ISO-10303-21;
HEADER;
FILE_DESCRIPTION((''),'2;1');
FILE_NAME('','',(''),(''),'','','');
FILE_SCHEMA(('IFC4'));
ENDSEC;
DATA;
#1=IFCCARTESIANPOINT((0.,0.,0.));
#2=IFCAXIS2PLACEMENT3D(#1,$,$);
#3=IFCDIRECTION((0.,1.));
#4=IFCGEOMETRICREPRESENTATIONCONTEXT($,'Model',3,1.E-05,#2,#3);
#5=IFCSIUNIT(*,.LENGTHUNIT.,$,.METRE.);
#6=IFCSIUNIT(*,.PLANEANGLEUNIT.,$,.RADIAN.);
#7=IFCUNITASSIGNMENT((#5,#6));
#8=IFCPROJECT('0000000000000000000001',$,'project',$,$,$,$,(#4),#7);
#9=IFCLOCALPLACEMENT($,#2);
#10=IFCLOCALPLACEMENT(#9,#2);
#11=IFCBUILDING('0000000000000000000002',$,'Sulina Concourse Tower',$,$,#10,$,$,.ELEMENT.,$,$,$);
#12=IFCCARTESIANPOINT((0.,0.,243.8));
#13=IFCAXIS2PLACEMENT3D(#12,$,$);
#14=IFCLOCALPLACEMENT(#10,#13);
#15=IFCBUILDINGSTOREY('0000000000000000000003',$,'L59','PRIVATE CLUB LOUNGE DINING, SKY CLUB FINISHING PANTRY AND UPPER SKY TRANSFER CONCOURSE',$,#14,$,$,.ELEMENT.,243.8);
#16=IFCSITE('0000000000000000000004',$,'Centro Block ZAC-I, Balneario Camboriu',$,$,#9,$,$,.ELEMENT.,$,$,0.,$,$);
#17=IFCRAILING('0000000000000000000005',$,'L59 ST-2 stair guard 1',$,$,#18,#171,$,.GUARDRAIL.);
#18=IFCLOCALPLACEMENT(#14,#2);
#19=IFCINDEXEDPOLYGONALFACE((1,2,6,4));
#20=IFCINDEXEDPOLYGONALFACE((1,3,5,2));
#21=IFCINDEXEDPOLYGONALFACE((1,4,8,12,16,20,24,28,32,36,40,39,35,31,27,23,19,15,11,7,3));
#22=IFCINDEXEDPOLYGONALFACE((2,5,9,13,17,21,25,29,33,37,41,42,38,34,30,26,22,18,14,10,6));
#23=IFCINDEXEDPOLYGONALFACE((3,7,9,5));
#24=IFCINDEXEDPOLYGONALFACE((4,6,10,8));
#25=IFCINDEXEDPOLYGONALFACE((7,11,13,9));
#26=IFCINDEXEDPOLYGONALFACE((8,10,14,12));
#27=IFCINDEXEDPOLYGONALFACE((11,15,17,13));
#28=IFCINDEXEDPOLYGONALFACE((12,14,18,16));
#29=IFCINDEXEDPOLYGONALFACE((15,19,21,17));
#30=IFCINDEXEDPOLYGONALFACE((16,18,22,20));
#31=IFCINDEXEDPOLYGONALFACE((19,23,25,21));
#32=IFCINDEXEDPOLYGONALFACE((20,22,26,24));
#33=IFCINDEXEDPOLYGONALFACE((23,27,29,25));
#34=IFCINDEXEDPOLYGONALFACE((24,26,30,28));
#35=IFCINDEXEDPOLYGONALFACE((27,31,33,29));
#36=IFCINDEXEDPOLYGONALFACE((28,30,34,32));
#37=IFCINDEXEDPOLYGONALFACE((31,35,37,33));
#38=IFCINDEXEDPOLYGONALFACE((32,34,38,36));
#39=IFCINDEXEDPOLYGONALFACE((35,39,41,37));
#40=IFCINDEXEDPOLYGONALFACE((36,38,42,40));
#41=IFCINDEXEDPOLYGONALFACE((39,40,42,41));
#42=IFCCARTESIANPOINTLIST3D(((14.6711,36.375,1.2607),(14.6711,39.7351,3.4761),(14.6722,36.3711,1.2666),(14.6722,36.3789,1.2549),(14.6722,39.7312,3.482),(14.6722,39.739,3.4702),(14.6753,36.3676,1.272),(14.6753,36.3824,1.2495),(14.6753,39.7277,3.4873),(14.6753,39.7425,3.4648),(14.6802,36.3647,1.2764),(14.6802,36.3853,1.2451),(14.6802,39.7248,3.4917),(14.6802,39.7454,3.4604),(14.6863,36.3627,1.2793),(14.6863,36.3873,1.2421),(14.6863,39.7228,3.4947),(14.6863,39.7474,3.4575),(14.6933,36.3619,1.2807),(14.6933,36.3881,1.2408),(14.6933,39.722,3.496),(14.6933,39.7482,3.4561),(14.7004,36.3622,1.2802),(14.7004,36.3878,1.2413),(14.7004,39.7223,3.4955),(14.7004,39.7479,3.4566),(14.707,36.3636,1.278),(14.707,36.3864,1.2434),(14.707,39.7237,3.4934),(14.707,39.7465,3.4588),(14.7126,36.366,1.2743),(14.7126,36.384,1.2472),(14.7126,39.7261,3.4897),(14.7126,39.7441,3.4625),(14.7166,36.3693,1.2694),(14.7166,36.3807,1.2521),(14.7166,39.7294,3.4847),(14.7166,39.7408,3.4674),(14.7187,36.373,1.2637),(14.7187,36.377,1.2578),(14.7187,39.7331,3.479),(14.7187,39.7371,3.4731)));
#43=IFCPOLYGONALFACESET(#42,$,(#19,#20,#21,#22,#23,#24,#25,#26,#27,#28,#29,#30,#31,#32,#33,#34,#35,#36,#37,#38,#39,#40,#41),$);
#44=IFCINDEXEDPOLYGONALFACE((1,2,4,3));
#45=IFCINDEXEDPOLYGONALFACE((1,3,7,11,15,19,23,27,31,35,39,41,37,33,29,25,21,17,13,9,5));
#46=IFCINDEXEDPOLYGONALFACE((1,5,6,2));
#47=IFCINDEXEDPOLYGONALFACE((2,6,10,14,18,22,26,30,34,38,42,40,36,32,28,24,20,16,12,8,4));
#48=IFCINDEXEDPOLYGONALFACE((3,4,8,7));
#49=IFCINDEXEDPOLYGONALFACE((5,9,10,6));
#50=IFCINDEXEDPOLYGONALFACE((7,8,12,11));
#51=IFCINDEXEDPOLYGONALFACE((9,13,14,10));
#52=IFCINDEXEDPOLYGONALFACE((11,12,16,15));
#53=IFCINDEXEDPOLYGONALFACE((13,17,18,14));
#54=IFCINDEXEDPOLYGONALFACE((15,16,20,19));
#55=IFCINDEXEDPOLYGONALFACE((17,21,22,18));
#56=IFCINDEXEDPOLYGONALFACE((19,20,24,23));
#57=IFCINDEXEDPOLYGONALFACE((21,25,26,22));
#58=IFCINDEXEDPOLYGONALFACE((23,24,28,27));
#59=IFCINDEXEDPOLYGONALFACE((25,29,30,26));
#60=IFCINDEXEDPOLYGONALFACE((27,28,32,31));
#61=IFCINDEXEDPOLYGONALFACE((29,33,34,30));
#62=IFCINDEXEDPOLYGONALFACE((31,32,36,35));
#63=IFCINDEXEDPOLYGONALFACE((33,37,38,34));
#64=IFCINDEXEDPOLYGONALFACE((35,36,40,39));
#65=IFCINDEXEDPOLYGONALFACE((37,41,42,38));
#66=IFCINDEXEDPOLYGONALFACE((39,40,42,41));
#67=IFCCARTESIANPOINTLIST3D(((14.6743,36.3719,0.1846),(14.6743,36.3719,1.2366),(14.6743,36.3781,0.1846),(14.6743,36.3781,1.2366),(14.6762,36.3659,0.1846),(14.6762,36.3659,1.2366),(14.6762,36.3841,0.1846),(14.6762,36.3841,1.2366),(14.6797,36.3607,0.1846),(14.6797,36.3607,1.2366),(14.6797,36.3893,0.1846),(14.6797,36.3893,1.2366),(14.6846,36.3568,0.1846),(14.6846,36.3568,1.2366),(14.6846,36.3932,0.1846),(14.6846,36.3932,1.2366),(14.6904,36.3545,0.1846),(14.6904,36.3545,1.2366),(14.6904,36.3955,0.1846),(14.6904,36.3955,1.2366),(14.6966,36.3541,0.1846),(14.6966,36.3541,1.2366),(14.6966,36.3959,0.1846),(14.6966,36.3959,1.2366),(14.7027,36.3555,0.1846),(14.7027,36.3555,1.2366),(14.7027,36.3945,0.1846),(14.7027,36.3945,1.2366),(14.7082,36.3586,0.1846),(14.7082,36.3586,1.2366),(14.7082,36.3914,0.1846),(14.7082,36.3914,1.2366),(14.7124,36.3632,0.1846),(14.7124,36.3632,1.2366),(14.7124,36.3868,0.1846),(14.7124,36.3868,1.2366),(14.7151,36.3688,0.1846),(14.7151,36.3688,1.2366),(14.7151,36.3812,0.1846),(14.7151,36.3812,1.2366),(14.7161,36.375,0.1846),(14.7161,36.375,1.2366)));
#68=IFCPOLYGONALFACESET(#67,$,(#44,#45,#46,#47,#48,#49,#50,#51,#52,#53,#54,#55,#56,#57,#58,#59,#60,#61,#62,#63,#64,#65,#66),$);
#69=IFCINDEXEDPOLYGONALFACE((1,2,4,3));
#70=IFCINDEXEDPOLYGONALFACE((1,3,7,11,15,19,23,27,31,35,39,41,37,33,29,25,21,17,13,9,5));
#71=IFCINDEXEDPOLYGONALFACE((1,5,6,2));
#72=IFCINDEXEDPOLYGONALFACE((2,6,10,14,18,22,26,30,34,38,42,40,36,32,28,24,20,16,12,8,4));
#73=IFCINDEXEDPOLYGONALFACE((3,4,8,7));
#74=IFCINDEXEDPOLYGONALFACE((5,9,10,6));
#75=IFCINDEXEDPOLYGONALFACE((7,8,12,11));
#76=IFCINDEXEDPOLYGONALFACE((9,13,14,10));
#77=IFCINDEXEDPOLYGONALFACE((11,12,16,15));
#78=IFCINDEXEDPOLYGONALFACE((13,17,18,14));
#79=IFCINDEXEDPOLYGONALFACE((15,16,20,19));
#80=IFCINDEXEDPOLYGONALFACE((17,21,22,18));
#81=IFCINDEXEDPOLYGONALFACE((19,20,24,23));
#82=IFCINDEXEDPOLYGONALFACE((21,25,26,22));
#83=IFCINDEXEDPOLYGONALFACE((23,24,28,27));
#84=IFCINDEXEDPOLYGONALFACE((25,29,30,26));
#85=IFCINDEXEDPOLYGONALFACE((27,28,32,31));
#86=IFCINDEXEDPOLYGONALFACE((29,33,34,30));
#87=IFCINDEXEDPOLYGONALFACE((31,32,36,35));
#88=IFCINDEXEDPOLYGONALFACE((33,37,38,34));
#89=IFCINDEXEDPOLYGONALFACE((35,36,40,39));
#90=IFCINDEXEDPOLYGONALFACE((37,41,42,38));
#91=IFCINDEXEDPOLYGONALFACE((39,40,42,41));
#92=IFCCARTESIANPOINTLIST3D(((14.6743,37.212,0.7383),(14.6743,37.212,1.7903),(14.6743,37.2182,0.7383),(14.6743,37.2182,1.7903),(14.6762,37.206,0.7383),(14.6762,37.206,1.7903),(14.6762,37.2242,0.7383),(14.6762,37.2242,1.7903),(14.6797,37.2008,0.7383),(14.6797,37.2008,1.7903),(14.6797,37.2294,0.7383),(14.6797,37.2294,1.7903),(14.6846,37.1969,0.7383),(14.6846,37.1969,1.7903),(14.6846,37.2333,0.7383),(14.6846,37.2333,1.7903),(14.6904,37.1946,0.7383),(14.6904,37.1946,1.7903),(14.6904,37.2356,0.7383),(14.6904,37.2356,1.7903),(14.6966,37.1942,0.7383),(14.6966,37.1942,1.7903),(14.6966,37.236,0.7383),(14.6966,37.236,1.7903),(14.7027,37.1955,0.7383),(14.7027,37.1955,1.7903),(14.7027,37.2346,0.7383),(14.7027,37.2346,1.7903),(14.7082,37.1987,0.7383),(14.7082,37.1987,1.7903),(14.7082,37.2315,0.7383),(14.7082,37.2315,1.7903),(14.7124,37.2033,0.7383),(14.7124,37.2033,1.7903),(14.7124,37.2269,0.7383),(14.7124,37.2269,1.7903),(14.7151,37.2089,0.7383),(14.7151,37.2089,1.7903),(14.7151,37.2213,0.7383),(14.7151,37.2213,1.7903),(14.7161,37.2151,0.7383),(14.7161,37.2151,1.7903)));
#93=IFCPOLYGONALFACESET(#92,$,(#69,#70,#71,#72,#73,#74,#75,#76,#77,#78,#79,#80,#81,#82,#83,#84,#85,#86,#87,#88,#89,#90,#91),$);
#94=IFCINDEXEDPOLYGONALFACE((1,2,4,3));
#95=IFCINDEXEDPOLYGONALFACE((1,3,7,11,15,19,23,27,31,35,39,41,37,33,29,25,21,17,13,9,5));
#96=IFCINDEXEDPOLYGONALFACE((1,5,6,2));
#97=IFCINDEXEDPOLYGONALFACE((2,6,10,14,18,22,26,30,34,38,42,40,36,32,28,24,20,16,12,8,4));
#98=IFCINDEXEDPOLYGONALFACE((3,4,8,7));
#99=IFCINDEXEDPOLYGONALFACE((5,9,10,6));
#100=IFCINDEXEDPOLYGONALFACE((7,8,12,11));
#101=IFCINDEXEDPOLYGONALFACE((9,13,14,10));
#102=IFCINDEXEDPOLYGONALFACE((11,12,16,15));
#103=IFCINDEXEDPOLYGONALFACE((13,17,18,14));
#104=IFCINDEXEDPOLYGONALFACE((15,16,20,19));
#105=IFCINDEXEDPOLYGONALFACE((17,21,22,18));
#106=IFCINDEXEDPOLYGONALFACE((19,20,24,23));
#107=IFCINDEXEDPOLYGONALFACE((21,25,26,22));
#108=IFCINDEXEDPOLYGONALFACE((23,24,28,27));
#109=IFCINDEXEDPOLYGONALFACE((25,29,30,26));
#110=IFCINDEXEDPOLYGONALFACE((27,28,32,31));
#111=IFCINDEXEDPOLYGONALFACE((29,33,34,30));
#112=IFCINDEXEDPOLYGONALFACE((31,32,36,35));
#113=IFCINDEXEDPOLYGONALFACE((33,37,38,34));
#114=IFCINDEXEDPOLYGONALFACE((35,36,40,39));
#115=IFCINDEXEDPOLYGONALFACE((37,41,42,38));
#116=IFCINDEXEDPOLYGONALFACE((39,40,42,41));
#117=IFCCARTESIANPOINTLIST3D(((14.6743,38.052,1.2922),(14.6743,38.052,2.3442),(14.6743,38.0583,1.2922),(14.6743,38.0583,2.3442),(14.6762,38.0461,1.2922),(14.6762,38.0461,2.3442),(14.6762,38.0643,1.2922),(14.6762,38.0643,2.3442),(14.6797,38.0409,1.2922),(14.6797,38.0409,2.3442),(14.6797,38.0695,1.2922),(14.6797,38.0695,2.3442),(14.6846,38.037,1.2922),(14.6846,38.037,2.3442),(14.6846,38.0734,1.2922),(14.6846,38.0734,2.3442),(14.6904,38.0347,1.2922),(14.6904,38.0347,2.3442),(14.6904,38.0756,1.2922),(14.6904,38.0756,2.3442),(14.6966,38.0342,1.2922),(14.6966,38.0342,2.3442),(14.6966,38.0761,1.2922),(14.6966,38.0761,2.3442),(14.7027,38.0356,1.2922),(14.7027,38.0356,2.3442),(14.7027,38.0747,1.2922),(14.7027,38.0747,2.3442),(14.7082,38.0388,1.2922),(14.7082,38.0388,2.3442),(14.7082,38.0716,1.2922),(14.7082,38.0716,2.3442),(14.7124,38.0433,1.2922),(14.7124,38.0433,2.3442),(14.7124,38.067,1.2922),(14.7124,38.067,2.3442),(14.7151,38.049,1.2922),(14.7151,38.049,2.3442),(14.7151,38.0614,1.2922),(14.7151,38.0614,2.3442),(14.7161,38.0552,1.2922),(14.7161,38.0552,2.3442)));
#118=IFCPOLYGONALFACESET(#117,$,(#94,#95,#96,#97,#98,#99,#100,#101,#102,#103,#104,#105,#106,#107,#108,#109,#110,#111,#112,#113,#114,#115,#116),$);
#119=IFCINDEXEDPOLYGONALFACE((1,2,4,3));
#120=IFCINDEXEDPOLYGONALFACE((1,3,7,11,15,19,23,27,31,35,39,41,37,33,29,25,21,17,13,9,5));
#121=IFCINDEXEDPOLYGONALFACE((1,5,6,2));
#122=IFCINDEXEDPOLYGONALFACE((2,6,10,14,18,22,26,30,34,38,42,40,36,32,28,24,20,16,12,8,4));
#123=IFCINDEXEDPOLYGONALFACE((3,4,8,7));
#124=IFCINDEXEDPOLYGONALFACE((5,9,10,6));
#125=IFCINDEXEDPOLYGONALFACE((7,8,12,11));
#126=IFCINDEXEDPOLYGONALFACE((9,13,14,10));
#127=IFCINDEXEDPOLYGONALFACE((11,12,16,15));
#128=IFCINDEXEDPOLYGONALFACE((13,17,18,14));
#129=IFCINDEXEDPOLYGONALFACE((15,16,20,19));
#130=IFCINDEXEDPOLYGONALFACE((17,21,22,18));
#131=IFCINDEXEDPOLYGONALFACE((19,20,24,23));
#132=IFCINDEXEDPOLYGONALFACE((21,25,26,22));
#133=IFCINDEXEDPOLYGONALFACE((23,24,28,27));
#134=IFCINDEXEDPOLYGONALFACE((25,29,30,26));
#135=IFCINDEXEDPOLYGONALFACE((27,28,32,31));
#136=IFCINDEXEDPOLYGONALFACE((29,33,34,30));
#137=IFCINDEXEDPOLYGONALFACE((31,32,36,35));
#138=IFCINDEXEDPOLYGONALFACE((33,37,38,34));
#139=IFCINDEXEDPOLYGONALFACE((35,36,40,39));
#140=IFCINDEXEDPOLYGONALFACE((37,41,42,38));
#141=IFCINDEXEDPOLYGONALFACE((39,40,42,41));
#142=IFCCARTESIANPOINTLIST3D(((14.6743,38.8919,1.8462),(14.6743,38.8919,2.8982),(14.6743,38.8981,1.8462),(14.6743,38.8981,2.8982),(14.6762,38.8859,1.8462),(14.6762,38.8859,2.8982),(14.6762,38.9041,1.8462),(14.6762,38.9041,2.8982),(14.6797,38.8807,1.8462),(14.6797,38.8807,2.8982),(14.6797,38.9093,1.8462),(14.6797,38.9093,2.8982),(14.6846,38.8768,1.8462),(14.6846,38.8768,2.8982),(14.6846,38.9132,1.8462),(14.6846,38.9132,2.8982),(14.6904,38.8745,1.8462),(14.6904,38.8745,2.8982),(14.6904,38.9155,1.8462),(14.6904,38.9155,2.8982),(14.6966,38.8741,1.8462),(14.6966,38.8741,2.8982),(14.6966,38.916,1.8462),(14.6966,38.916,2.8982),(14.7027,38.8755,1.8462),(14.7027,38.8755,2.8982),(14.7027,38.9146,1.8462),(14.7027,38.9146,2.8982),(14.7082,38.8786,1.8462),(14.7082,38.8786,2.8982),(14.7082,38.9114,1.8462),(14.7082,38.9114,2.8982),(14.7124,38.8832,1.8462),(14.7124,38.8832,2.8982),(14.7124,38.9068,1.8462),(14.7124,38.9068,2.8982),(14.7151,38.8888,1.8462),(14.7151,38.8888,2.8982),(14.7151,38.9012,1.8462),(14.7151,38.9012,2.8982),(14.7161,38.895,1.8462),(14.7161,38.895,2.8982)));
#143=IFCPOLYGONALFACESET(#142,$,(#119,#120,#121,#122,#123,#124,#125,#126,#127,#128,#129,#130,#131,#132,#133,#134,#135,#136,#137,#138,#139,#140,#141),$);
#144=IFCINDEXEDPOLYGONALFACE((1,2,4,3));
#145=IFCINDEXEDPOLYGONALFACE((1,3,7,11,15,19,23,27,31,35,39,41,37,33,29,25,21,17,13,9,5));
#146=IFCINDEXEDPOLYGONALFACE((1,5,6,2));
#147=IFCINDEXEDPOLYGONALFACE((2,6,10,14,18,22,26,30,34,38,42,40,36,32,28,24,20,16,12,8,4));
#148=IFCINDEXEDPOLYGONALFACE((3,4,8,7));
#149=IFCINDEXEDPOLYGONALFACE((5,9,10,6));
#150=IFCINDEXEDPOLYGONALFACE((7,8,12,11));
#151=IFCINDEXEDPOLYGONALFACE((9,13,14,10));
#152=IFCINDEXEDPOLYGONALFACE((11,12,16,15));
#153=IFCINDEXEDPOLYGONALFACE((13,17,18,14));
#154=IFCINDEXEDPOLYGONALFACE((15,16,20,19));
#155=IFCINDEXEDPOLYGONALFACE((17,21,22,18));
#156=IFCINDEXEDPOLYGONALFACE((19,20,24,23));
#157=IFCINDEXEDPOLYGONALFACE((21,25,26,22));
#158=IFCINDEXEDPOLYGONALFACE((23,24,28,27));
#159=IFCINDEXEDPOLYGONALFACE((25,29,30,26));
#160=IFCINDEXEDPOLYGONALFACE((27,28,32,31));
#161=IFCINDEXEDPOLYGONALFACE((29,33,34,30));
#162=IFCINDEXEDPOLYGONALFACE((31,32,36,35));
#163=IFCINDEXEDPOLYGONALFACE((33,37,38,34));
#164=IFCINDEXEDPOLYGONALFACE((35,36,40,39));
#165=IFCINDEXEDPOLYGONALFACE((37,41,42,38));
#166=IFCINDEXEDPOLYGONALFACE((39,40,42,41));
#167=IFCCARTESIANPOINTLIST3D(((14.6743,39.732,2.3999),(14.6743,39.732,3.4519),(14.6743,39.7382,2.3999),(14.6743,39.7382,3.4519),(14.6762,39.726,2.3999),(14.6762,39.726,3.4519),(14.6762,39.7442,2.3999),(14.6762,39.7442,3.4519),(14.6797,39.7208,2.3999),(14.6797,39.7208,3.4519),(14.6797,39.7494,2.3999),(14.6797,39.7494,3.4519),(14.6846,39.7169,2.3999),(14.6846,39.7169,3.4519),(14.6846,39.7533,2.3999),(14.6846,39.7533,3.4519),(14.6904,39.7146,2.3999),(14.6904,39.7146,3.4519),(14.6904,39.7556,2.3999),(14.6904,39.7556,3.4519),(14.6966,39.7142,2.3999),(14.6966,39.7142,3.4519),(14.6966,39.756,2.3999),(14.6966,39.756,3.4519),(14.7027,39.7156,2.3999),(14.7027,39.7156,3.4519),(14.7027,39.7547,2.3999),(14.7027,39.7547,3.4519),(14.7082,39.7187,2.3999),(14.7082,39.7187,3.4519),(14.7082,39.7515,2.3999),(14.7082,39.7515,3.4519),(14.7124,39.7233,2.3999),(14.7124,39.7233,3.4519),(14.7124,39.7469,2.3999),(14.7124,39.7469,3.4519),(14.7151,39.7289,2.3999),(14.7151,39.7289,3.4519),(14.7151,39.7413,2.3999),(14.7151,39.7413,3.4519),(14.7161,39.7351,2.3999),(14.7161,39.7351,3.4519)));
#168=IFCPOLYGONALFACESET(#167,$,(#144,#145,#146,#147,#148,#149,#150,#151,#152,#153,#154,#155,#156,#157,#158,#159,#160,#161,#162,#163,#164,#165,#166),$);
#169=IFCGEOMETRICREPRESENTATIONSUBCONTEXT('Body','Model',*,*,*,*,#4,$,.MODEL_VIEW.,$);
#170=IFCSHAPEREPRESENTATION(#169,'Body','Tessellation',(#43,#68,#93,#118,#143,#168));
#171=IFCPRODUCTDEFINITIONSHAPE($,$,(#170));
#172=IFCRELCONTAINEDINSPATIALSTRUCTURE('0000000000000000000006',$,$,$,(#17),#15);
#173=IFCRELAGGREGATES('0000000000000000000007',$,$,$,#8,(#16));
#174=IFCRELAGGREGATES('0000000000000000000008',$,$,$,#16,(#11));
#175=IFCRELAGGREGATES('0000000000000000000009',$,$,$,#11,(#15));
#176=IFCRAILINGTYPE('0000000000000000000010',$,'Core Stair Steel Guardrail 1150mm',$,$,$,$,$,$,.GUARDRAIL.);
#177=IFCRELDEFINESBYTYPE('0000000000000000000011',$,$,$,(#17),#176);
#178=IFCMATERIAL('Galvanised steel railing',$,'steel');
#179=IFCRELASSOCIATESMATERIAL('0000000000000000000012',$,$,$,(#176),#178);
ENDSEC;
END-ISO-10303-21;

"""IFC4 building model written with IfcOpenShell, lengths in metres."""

from ifc_helpers import new_model, si_unit, direction, frame, origin, origin_2d, place, context, subcontext, project, spatial, circle, extrude, material, type_object, element, save


model = new_model("IFC4")

# Units and contexts
model_context = context("Model", 3, precision=1e-05, world=origin(), true_north=direction((0.0, 1.0)))
body_context = subcontext(model_context, "Body", "Model", "MODEL_VIEW")
ifc_project = project(units=[si_unit("LENGTHUNIT", "METRE"), si_unit("PLANEANGLEUNIT", "RADIAN")], contexts=[model_context])

# Site, building, storey
site_placement = place(None, origin())
site = spatial("IfcSite", under=ifc_project, at=site_placement, Name="Centro Block ZAC-I, Balneario Camboriu", CompositionType="ELEMENT", RefElevation=0.0)
building_placement = place(site_placement, origin())
building = spatial("IfcBuilding", under=site, at=building_placement, Name="Sulina Concourse Tower", CompositionType="ELEMENT")
storey_placement = place(building_placement, frame((0.0, 0.0, 243.8)))
storey = spatial("IfcBuildingStorey", under=building, at=storey_placement, Name="L59", Description="PRIVATE CLUB LOUNGE DINING, SKY CLUB FINISHING PANTRY AND UPPER SKY TRANSFER CONCOURSE", CompositionType="ELEMENT", Elevation=243.8)

# Railing
ifc_material_1 = material(Name="Galvanised steel railing", Category="steel")
railing_type_1 = type_object("IfcRailingType", Name="Core Stair Steel Guardrail 1150mm", PredefinedType="GUARDRAIL", material=ifc_material_1)
railing_1_placement = place(storey_placement, frame((14.6951, 36.375, 0.1846)))
element("IfcRailing", 1, at=railing_1_placement, inside=storey, type_object=railing_type_1, Name="L59 ST-2 stair guard 1", PredefinedType="GUARDRAIL", context=body_context, shape_type="SweptSolid", body=[
    extrude(circle(Radius=0.0239, at=origin_2d()), frame((0.0, 0.0, 1.0762), z_axis=(0.0, 0.834876, 0.550437), x_axis=(-1.0, 0.0, 0.0)), (0.0, 0.0, 1.0), 4.0247),
    extrude(circle(Radius=0.021, at=origin_2d()), origin(), (0.0, 0.0, 1.0), 1.052),
    extrude(circle(Radius=0.021, at=origin_2d()), frame((0.0, 0.8401, 0.5537)), (0.0, 0.0, 1.0), 1.052),
    extrude(circle(Radius=0.021, at=origin_2d()), frame((0.0, 1.6802, 1.1077)), (0.0, 0.0, 1.0), 1.052),
    extrude(circle(Radius=0.021, at=origin_2d()), frame((0.0, 2.52, 1.6616)), (0.0, 0.0, 1.0), 1.052),
    extrude(circle(Radius=0.021, at=origin_2d()), frame((0.0, 3.3601, 2.2153)), (0.0, 0.0, 1.0), 1.052),
])

save(model, "model.ifc")
